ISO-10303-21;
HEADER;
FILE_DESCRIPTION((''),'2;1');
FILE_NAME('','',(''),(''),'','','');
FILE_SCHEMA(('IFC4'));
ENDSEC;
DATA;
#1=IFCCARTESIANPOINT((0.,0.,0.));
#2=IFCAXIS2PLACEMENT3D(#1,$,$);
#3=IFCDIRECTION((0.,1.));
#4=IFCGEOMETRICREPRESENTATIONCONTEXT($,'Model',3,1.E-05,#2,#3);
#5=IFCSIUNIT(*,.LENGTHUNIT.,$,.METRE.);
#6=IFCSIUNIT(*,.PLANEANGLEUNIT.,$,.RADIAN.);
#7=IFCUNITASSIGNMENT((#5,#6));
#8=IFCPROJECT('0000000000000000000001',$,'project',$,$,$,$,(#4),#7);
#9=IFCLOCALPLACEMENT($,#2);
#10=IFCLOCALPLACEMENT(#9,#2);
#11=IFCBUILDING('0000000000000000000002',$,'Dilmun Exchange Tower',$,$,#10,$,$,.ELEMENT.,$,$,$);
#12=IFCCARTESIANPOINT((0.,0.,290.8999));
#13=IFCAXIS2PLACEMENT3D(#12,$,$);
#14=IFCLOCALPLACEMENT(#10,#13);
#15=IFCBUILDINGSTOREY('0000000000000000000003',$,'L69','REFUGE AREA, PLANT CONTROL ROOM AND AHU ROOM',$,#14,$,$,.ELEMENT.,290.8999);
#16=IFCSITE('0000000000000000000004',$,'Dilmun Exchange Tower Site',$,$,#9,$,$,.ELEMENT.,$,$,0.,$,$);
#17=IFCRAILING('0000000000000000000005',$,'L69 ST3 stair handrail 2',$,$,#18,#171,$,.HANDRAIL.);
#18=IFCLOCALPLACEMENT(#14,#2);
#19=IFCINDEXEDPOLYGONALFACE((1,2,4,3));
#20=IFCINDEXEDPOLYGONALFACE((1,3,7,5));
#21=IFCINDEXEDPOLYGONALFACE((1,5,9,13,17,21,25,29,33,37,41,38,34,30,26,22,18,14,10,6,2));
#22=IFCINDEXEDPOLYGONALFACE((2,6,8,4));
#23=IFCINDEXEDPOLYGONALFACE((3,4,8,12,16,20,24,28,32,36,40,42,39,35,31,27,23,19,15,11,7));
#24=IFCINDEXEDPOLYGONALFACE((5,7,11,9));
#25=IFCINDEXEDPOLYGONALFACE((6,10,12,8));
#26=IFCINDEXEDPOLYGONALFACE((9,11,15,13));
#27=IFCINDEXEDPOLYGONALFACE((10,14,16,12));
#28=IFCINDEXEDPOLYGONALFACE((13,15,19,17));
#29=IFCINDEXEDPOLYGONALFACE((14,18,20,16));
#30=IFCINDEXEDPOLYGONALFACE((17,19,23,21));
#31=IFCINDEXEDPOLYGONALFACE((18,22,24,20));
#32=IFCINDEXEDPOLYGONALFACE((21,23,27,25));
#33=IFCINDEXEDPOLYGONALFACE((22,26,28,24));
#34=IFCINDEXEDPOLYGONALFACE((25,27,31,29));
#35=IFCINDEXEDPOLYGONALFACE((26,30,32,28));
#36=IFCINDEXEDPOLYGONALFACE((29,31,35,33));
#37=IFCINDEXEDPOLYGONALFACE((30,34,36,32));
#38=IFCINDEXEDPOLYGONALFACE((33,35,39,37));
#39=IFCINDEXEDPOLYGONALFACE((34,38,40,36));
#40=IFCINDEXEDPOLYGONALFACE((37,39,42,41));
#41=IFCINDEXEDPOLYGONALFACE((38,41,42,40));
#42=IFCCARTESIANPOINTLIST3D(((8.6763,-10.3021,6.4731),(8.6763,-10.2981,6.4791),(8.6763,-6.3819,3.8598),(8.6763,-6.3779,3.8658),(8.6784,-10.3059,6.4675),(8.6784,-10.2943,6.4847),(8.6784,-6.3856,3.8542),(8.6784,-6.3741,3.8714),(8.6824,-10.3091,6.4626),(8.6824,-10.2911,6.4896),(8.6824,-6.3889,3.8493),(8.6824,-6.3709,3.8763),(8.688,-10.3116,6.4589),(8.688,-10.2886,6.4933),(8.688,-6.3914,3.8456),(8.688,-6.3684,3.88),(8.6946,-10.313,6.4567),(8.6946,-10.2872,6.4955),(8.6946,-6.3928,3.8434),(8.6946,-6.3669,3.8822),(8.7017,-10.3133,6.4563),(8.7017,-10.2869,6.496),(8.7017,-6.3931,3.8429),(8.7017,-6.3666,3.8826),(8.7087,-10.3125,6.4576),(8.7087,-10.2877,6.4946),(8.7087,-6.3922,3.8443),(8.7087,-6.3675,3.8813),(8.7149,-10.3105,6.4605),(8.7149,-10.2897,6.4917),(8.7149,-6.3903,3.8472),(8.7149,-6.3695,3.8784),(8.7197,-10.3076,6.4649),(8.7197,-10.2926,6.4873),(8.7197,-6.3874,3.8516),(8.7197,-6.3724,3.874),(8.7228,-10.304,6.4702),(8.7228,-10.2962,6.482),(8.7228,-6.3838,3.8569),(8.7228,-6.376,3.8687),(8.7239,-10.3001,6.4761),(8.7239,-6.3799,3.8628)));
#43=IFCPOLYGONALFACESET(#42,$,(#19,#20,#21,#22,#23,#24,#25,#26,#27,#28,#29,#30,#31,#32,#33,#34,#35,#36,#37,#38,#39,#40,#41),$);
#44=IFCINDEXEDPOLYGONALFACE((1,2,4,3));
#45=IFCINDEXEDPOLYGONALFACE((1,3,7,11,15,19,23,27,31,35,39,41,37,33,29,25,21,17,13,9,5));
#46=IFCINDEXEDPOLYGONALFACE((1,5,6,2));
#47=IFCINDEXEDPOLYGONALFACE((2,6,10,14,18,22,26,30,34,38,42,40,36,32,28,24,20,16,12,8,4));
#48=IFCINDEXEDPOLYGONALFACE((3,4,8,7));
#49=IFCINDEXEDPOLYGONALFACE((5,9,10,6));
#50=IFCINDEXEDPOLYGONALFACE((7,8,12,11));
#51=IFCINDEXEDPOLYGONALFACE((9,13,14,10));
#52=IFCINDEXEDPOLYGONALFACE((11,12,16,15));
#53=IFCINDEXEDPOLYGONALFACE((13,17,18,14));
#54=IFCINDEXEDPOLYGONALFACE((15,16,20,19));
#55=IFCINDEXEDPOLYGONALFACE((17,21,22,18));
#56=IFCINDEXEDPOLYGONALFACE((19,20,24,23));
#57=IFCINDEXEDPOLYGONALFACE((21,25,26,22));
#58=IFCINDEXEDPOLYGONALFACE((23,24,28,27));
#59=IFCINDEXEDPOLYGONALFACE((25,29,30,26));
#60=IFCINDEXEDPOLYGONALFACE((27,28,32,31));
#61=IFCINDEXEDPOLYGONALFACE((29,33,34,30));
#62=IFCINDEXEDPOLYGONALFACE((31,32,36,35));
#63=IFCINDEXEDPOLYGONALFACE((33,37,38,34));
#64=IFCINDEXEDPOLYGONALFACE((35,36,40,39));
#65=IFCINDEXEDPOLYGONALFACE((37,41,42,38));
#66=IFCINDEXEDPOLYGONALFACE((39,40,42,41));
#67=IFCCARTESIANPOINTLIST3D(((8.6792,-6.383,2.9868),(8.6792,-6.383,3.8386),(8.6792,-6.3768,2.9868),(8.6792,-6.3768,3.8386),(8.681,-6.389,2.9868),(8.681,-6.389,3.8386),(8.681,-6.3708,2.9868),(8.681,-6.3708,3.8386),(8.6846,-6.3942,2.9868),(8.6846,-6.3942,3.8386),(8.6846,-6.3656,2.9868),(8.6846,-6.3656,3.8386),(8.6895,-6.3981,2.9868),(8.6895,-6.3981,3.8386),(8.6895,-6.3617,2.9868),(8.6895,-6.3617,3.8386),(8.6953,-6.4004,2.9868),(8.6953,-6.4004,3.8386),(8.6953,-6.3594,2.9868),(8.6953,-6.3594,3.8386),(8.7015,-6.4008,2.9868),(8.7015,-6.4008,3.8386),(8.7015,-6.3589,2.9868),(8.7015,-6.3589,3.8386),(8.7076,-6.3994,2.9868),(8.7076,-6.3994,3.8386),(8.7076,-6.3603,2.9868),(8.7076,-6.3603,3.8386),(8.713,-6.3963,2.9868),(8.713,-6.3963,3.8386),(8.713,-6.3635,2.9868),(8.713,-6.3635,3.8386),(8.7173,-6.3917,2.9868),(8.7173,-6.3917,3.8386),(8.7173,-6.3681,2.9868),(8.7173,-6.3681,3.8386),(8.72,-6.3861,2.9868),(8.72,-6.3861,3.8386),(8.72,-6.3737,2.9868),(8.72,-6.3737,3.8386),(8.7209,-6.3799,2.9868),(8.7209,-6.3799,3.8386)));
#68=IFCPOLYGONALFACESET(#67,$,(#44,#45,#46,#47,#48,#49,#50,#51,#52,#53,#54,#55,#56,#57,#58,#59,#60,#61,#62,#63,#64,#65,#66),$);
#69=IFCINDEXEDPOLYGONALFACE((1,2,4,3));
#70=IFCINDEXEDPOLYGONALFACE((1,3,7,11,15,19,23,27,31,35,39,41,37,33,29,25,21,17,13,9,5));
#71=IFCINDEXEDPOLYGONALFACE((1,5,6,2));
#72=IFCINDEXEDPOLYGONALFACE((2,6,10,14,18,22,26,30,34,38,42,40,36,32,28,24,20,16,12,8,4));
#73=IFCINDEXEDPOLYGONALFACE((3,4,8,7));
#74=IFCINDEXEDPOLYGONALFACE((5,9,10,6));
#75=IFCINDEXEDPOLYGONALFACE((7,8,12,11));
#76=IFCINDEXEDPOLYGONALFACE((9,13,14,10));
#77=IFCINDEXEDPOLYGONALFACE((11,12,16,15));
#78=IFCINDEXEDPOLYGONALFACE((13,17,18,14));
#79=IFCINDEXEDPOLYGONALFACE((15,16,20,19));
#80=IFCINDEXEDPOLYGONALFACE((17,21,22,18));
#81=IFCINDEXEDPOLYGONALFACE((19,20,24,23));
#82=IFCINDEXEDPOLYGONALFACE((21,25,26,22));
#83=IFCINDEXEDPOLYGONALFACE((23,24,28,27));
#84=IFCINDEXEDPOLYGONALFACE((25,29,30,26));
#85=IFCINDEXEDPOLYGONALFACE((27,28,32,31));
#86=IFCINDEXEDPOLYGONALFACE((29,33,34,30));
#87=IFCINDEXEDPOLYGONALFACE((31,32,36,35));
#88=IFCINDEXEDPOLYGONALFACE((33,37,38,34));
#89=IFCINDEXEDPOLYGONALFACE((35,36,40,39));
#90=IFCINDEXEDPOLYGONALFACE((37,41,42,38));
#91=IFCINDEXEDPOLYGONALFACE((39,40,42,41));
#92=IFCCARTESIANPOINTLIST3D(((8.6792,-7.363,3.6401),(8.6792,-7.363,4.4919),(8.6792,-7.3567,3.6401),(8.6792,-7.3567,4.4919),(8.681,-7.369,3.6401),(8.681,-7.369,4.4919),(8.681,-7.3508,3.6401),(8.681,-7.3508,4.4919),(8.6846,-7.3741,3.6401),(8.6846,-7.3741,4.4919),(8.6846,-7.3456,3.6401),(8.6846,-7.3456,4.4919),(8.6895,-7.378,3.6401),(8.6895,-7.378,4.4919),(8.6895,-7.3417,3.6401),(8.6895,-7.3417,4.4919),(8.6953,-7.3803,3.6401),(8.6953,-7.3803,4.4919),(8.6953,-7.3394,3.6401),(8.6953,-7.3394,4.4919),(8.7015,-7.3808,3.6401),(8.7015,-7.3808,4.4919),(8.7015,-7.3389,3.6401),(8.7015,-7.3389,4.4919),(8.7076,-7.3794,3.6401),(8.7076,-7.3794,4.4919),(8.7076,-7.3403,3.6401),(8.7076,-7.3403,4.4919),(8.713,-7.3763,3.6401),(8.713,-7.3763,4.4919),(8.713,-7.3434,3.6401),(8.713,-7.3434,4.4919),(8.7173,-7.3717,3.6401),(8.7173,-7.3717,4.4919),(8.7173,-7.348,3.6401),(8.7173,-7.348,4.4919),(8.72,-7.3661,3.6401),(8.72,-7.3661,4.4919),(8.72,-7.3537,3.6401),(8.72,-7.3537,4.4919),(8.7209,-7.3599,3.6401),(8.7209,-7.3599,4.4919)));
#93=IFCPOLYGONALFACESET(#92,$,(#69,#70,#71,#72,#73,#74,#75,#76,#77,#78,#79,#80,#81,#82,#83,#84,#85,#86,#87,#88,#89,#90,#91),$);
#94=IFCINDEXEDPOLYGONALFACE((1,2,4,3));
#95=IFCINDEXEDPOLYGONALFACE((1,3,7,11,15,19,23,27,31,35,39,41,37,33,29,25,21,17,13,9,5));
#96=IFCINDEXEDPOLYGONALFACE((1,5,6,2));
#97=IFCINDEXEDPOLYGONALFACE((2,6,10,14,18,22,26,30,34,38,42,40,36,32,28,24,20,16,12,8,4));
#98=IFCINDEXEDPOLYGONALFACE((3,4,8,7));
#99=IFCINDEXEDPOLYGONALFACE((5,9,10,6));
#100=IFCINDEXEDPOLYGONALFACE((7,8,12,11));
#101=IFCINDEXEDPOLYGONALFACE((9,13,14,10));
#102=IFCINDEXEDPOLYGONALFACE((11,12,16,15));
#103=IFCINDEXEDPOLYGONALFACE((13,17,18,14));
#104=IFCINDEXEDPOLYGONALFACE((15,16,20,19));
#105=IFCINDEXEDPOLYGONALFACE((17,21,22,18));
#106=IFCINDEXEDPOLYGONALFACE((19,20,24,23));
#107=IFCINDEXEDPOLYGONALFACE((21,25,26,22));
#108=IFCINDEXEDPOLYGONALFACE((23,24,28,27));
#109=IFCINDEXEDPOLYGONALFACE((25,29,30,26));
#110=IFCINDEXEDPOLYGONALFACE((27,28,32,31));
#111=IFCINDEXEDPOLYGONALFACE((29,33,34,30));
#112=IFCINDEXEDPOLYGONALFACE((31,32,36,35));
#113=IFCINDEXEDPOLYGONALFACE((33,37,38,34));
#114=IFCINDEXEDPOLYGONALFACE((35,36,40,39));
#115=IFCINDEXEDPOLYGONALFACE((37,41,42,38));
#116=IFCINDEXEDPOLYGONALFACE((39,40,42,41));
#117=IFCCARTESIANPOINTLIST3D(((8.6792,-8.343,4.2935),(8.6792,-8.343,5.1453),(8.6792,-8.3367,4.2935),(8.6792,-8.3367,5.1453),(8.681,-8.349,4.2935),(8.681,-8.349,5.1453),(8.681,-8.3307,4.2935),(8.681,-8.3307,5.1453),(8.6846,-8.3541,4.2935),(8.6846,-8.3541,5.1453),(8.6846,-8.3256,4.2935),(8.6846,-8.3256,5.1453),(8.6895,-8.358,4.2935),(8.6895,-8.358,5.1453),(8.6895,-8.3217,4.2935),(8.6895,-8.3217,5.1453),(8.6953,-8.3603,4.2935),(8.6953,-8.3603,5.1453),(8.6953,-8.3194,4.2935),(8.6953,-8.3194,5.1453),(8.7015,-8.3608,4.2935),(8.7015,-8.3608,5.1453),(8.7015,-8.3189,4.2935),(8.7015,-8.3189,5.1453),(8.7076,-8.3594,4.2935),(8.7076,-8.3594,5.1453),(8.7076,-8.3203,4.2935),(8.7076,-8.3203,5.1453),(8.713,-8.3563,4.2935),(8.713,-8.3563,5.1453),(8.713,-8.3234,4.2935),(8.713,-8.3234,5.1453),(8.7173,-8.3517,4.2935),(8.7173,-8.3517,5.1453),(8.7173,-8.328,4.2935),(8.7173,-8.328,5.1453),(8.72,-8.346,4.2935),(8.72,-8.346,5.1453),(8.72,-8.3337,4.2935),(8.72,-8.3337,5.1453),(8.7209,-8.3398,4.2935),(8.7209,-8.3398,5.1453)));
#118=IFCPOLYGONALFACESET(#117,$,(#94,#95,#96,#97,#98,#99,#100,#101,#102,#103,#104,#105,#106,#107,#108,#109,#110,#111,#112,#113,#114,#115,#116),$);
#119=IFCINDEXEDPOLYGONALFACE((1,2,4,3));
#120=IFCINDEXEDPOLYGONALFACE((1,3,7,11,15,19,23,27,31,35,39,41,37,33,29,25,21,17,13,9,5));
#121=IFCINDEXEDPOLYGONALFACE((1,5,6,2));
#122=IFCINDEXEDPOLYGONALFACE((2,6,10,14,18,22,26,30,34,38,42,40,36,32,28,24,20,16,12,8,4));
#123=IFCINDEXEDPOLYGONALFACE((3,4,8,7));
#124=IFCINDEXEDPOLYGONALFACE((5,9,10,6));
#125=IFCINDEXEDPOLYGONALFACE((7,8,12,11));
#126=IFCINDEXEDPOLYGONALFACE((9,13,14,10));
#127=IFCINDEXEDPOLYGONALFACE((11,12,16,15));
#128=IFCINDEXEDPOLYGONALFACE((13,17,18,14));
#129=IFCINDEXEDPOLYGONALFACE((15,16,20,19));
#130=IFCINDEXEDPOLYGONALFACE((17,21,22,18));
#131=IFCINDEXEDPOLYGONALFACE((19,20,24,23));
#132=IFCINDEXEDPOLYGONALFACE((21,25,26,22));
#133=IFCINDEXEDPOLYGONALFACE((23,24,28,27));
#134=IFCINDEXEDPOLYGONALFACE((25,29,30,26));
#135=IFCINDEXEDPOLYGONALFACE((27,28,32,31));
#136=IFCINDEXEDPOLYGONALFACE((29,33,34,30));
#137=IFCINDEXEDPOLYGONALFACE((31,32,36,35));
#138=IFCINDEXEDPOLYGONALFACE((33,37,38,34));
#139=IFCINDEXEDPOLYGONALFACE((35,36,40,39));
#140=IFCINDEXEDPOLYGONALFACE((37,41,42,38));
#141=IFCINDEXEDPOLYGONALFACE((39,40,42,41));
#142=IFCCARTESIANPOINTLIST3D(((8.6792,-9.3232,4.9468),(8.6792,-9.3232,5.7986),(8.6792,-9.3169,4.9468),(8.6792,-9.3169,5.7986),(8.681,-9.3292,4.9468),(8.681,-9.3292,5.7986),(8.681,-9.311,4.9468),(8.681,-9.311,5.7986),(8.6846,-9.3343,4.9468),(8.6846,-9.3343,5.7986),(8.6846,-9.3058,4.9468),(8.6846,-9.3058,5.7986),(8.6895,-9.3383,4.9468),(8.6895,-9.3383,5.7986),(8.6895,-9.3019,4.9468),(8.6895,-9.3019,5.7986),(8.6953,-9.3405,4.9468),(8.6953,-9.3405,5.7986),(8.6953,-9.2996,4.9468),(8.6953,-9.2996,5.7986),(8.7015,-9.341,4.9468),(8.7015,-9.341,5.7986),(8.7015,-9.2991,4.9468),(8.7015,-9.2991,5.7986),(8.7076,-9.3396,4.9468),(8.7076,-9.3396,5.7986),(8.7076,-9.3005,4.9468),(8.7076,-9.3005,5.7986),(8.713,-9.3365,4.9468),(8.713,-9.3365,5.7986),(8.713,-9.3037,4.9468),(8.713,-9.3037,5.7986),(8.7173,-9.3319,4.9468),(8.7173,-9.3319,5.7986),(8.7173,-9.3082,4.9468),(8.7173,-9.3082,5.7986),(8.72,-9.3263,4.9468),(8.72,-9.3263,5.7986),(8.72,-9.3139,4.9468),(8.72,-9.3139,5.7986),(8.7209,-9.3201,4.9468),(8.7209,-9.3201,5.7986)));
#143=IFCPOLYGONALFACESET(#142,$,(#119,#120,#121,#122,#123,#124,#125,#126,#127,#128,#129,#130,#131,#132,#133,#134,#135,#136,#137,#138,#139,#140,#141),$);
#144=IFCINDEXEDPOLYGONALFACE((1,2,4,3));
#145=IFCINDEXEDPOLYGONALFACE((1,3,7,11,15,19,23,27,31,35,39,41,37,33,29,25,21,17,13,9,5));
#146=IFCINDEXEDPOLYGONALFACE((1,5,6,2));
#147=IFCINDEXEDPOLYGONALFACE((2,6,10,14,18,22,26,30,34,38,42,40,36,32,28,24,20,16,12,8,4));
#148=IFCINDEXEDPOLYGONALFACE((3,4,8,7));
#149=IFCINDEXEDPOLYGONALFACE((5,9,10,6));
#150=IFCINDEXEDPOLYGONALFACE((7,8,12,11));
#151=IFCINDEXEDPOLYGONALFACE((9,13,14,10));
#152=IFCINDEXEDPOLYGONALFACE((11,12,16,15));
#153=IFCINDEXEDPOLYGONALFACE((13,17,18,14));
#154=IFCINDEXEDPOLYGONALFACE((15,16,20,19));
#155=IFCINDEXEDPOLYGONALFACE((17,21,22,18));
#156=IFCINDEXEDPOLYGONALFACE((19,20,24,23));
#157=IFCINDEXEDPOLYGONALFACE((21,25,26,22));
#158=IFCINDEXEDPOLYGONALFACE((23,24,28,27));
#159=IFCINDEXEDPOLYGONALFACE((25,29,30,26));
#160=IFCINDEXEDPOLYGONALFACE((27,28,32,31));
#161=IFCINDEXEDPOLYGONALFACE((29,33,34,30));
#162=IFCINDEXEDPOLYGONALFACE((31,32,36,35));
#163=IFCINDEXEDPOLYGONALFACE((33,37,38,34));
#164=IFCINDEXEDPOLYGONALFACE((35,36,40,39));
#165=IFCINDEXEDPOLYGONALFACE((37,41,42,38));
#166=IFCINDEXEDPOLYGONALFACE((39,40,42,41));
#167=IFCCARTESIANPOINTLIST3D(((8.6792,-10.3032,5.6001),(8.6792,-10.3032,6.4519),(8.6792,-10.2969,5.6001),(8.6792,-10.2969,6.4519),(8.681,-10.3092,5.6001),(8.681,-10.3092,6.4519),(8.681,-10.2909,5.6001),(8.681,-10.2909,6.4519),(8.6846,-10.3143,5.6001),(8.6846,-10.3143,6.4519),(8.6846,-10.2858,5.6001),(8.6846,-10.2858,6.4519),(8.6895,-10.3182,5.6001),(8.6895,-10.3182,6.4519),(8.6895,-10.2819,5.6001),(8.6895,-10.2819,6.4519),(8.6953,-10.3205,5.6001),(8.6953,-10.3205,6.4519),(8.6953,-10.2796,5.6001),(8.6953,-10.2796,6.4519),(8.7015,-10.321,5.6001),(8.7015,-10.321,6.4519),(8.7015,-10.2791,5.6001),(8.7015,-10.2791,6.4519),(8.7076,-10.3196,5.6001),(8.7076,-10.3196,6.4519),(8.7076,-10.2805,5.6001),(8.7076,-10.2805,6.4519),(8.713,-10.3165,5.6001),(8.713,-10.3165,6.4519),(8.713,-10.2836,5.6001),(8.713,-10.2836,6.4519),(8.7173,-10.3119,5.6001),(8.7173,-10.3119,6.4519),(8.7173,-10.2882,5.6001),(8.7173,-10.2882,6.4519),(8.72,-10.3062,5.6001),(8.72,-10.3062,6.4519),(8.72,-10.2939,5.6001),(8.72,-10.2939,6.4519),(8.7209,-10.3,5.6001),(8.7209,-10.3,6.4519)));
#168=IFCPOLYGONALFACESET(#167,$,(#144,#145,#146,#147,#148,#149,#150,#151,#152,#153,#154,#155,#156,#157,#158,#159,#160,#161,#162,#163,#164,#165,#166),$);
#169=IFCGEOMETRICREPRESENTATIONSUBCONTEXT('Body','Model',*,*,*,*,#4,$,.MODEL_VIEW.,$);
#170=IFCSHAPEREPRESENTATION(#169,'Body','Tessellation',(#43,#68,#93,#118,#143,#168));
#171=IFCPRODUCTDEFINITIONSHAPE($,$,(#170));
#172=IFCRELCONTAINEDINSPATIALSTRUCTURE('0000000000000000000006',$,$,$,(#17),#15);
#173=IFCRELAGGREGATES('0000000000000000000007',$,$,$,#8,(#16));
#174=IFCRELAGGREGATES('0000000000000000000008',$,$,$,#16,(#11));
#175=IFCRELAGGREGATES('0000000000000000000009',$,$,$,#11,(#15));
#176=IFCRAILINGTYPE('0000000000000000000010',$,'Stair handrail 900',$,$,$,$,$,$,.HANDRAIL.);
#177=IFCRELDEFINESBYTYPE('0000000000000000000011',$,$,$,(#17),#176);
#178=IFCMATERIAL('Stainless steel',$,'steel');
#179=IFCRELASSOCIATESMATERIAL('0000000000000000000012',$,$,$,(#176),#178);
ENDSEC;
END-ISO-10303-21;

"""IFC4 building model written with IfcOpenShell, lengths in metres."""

from ifc_helpers import new_model, si_unit, direction, frame, origin, origin_2d, place, context, subcontext, project, spatial, circle, extrude, material, type_object, element, save


model = new_model("IFC4")

# Units and contexts
model_context = context("Model", 3, precision=1e-05, world=origin(), true_north=direction((0.0, 1.0)))
body_context = subcontext(model_context, "Body", "Model", "MODEL_VIEW")
ifc_project = project(units=[si_unit("LENGTHUNIT", "METRE"), si_unit("PLANEANGLEUNIT", "RADIAN")], contexts=[model_context])

# Site, building, storey
site_placement = place(None, origin())
site = spatial("IfcSite", under=ifc_project, at=site_placement, Name="Dilmun Exchange Tower Site", CompositionType="ELEMENT", RefElevation=0.0)
building_placement = place(site_placement, origin())
building = spatial("IfcBuilding", under=site, at=building_placement, Name="Dilmun Exchange Tower", CompositionType="ELEMENT")
storey_placement = place(building_placement, frame((0.0, 0.0, 290.8999)))
storey = spatial("IfcBuildingStorey", under=building, at=storey_placement, Name="L69", Description="REFUGE AREA, PLANT CONTROL ROOM AND AHU ROOM", CompositionType="ELEMENT", Elevation=290.8999)

# Railing
ifc_material_1 = material(Name="Stainless steel", Category="steel")
railing_type = type_object("IfcRailingType", Name="Stair handrail 900", PredefinedType="HANDRAIL", material=ifc_material_1)
railing_placement = place(storey_placement, frame((8.7, -6.3799, 2.9868)))
element("IfcRailing", 1, at=railing_placement, inside=storey, type_object=railing_type, Name="L69 ST3 stair handrail 2", PredefinedType="HANDRAIL", context=body_context, shape_type="SweptSolid", body=[
    extrude(circle(Radius=0.0239, at=origin_2d()), frame((0.0, 0.0, 0.876), z_axis=(0.0, -0.832066, 0.554676), x_axis=(1.0, 0.0, 0.0)), (0.0, 0.0, 1.0), 4.7114),
    extrude(circle(Radius=0.021, at=origin_2d()), origin(), (0.0, 0.0, 1.0), 0.8518),
    extrude(circle(Radius=0.021, at=origin_2d()), frame((0.0, -0.98, 0.6533)), (0.0, 0.0, 1.0), 0.8518),
    extrude(circle(Radius=0.021, at=origin_2d()), frame((0.0, -1.96, 1.3066)), (0.0, 0.0, 1.0), 0.8518),
    extrude(circle(Radius=0.021, at=origin_2d()), frame((0.0, -2.9402, 1.96)), (0.0, 0.0, 1.0), 0.8518),
    extrude(circle(Radius=0.021, at=origin_2d()), frame((0.0, -3.9202, 2.6133)), (0.0, 0.0, 1.0), 0.8518),
])

save(model, "model.ifc")
